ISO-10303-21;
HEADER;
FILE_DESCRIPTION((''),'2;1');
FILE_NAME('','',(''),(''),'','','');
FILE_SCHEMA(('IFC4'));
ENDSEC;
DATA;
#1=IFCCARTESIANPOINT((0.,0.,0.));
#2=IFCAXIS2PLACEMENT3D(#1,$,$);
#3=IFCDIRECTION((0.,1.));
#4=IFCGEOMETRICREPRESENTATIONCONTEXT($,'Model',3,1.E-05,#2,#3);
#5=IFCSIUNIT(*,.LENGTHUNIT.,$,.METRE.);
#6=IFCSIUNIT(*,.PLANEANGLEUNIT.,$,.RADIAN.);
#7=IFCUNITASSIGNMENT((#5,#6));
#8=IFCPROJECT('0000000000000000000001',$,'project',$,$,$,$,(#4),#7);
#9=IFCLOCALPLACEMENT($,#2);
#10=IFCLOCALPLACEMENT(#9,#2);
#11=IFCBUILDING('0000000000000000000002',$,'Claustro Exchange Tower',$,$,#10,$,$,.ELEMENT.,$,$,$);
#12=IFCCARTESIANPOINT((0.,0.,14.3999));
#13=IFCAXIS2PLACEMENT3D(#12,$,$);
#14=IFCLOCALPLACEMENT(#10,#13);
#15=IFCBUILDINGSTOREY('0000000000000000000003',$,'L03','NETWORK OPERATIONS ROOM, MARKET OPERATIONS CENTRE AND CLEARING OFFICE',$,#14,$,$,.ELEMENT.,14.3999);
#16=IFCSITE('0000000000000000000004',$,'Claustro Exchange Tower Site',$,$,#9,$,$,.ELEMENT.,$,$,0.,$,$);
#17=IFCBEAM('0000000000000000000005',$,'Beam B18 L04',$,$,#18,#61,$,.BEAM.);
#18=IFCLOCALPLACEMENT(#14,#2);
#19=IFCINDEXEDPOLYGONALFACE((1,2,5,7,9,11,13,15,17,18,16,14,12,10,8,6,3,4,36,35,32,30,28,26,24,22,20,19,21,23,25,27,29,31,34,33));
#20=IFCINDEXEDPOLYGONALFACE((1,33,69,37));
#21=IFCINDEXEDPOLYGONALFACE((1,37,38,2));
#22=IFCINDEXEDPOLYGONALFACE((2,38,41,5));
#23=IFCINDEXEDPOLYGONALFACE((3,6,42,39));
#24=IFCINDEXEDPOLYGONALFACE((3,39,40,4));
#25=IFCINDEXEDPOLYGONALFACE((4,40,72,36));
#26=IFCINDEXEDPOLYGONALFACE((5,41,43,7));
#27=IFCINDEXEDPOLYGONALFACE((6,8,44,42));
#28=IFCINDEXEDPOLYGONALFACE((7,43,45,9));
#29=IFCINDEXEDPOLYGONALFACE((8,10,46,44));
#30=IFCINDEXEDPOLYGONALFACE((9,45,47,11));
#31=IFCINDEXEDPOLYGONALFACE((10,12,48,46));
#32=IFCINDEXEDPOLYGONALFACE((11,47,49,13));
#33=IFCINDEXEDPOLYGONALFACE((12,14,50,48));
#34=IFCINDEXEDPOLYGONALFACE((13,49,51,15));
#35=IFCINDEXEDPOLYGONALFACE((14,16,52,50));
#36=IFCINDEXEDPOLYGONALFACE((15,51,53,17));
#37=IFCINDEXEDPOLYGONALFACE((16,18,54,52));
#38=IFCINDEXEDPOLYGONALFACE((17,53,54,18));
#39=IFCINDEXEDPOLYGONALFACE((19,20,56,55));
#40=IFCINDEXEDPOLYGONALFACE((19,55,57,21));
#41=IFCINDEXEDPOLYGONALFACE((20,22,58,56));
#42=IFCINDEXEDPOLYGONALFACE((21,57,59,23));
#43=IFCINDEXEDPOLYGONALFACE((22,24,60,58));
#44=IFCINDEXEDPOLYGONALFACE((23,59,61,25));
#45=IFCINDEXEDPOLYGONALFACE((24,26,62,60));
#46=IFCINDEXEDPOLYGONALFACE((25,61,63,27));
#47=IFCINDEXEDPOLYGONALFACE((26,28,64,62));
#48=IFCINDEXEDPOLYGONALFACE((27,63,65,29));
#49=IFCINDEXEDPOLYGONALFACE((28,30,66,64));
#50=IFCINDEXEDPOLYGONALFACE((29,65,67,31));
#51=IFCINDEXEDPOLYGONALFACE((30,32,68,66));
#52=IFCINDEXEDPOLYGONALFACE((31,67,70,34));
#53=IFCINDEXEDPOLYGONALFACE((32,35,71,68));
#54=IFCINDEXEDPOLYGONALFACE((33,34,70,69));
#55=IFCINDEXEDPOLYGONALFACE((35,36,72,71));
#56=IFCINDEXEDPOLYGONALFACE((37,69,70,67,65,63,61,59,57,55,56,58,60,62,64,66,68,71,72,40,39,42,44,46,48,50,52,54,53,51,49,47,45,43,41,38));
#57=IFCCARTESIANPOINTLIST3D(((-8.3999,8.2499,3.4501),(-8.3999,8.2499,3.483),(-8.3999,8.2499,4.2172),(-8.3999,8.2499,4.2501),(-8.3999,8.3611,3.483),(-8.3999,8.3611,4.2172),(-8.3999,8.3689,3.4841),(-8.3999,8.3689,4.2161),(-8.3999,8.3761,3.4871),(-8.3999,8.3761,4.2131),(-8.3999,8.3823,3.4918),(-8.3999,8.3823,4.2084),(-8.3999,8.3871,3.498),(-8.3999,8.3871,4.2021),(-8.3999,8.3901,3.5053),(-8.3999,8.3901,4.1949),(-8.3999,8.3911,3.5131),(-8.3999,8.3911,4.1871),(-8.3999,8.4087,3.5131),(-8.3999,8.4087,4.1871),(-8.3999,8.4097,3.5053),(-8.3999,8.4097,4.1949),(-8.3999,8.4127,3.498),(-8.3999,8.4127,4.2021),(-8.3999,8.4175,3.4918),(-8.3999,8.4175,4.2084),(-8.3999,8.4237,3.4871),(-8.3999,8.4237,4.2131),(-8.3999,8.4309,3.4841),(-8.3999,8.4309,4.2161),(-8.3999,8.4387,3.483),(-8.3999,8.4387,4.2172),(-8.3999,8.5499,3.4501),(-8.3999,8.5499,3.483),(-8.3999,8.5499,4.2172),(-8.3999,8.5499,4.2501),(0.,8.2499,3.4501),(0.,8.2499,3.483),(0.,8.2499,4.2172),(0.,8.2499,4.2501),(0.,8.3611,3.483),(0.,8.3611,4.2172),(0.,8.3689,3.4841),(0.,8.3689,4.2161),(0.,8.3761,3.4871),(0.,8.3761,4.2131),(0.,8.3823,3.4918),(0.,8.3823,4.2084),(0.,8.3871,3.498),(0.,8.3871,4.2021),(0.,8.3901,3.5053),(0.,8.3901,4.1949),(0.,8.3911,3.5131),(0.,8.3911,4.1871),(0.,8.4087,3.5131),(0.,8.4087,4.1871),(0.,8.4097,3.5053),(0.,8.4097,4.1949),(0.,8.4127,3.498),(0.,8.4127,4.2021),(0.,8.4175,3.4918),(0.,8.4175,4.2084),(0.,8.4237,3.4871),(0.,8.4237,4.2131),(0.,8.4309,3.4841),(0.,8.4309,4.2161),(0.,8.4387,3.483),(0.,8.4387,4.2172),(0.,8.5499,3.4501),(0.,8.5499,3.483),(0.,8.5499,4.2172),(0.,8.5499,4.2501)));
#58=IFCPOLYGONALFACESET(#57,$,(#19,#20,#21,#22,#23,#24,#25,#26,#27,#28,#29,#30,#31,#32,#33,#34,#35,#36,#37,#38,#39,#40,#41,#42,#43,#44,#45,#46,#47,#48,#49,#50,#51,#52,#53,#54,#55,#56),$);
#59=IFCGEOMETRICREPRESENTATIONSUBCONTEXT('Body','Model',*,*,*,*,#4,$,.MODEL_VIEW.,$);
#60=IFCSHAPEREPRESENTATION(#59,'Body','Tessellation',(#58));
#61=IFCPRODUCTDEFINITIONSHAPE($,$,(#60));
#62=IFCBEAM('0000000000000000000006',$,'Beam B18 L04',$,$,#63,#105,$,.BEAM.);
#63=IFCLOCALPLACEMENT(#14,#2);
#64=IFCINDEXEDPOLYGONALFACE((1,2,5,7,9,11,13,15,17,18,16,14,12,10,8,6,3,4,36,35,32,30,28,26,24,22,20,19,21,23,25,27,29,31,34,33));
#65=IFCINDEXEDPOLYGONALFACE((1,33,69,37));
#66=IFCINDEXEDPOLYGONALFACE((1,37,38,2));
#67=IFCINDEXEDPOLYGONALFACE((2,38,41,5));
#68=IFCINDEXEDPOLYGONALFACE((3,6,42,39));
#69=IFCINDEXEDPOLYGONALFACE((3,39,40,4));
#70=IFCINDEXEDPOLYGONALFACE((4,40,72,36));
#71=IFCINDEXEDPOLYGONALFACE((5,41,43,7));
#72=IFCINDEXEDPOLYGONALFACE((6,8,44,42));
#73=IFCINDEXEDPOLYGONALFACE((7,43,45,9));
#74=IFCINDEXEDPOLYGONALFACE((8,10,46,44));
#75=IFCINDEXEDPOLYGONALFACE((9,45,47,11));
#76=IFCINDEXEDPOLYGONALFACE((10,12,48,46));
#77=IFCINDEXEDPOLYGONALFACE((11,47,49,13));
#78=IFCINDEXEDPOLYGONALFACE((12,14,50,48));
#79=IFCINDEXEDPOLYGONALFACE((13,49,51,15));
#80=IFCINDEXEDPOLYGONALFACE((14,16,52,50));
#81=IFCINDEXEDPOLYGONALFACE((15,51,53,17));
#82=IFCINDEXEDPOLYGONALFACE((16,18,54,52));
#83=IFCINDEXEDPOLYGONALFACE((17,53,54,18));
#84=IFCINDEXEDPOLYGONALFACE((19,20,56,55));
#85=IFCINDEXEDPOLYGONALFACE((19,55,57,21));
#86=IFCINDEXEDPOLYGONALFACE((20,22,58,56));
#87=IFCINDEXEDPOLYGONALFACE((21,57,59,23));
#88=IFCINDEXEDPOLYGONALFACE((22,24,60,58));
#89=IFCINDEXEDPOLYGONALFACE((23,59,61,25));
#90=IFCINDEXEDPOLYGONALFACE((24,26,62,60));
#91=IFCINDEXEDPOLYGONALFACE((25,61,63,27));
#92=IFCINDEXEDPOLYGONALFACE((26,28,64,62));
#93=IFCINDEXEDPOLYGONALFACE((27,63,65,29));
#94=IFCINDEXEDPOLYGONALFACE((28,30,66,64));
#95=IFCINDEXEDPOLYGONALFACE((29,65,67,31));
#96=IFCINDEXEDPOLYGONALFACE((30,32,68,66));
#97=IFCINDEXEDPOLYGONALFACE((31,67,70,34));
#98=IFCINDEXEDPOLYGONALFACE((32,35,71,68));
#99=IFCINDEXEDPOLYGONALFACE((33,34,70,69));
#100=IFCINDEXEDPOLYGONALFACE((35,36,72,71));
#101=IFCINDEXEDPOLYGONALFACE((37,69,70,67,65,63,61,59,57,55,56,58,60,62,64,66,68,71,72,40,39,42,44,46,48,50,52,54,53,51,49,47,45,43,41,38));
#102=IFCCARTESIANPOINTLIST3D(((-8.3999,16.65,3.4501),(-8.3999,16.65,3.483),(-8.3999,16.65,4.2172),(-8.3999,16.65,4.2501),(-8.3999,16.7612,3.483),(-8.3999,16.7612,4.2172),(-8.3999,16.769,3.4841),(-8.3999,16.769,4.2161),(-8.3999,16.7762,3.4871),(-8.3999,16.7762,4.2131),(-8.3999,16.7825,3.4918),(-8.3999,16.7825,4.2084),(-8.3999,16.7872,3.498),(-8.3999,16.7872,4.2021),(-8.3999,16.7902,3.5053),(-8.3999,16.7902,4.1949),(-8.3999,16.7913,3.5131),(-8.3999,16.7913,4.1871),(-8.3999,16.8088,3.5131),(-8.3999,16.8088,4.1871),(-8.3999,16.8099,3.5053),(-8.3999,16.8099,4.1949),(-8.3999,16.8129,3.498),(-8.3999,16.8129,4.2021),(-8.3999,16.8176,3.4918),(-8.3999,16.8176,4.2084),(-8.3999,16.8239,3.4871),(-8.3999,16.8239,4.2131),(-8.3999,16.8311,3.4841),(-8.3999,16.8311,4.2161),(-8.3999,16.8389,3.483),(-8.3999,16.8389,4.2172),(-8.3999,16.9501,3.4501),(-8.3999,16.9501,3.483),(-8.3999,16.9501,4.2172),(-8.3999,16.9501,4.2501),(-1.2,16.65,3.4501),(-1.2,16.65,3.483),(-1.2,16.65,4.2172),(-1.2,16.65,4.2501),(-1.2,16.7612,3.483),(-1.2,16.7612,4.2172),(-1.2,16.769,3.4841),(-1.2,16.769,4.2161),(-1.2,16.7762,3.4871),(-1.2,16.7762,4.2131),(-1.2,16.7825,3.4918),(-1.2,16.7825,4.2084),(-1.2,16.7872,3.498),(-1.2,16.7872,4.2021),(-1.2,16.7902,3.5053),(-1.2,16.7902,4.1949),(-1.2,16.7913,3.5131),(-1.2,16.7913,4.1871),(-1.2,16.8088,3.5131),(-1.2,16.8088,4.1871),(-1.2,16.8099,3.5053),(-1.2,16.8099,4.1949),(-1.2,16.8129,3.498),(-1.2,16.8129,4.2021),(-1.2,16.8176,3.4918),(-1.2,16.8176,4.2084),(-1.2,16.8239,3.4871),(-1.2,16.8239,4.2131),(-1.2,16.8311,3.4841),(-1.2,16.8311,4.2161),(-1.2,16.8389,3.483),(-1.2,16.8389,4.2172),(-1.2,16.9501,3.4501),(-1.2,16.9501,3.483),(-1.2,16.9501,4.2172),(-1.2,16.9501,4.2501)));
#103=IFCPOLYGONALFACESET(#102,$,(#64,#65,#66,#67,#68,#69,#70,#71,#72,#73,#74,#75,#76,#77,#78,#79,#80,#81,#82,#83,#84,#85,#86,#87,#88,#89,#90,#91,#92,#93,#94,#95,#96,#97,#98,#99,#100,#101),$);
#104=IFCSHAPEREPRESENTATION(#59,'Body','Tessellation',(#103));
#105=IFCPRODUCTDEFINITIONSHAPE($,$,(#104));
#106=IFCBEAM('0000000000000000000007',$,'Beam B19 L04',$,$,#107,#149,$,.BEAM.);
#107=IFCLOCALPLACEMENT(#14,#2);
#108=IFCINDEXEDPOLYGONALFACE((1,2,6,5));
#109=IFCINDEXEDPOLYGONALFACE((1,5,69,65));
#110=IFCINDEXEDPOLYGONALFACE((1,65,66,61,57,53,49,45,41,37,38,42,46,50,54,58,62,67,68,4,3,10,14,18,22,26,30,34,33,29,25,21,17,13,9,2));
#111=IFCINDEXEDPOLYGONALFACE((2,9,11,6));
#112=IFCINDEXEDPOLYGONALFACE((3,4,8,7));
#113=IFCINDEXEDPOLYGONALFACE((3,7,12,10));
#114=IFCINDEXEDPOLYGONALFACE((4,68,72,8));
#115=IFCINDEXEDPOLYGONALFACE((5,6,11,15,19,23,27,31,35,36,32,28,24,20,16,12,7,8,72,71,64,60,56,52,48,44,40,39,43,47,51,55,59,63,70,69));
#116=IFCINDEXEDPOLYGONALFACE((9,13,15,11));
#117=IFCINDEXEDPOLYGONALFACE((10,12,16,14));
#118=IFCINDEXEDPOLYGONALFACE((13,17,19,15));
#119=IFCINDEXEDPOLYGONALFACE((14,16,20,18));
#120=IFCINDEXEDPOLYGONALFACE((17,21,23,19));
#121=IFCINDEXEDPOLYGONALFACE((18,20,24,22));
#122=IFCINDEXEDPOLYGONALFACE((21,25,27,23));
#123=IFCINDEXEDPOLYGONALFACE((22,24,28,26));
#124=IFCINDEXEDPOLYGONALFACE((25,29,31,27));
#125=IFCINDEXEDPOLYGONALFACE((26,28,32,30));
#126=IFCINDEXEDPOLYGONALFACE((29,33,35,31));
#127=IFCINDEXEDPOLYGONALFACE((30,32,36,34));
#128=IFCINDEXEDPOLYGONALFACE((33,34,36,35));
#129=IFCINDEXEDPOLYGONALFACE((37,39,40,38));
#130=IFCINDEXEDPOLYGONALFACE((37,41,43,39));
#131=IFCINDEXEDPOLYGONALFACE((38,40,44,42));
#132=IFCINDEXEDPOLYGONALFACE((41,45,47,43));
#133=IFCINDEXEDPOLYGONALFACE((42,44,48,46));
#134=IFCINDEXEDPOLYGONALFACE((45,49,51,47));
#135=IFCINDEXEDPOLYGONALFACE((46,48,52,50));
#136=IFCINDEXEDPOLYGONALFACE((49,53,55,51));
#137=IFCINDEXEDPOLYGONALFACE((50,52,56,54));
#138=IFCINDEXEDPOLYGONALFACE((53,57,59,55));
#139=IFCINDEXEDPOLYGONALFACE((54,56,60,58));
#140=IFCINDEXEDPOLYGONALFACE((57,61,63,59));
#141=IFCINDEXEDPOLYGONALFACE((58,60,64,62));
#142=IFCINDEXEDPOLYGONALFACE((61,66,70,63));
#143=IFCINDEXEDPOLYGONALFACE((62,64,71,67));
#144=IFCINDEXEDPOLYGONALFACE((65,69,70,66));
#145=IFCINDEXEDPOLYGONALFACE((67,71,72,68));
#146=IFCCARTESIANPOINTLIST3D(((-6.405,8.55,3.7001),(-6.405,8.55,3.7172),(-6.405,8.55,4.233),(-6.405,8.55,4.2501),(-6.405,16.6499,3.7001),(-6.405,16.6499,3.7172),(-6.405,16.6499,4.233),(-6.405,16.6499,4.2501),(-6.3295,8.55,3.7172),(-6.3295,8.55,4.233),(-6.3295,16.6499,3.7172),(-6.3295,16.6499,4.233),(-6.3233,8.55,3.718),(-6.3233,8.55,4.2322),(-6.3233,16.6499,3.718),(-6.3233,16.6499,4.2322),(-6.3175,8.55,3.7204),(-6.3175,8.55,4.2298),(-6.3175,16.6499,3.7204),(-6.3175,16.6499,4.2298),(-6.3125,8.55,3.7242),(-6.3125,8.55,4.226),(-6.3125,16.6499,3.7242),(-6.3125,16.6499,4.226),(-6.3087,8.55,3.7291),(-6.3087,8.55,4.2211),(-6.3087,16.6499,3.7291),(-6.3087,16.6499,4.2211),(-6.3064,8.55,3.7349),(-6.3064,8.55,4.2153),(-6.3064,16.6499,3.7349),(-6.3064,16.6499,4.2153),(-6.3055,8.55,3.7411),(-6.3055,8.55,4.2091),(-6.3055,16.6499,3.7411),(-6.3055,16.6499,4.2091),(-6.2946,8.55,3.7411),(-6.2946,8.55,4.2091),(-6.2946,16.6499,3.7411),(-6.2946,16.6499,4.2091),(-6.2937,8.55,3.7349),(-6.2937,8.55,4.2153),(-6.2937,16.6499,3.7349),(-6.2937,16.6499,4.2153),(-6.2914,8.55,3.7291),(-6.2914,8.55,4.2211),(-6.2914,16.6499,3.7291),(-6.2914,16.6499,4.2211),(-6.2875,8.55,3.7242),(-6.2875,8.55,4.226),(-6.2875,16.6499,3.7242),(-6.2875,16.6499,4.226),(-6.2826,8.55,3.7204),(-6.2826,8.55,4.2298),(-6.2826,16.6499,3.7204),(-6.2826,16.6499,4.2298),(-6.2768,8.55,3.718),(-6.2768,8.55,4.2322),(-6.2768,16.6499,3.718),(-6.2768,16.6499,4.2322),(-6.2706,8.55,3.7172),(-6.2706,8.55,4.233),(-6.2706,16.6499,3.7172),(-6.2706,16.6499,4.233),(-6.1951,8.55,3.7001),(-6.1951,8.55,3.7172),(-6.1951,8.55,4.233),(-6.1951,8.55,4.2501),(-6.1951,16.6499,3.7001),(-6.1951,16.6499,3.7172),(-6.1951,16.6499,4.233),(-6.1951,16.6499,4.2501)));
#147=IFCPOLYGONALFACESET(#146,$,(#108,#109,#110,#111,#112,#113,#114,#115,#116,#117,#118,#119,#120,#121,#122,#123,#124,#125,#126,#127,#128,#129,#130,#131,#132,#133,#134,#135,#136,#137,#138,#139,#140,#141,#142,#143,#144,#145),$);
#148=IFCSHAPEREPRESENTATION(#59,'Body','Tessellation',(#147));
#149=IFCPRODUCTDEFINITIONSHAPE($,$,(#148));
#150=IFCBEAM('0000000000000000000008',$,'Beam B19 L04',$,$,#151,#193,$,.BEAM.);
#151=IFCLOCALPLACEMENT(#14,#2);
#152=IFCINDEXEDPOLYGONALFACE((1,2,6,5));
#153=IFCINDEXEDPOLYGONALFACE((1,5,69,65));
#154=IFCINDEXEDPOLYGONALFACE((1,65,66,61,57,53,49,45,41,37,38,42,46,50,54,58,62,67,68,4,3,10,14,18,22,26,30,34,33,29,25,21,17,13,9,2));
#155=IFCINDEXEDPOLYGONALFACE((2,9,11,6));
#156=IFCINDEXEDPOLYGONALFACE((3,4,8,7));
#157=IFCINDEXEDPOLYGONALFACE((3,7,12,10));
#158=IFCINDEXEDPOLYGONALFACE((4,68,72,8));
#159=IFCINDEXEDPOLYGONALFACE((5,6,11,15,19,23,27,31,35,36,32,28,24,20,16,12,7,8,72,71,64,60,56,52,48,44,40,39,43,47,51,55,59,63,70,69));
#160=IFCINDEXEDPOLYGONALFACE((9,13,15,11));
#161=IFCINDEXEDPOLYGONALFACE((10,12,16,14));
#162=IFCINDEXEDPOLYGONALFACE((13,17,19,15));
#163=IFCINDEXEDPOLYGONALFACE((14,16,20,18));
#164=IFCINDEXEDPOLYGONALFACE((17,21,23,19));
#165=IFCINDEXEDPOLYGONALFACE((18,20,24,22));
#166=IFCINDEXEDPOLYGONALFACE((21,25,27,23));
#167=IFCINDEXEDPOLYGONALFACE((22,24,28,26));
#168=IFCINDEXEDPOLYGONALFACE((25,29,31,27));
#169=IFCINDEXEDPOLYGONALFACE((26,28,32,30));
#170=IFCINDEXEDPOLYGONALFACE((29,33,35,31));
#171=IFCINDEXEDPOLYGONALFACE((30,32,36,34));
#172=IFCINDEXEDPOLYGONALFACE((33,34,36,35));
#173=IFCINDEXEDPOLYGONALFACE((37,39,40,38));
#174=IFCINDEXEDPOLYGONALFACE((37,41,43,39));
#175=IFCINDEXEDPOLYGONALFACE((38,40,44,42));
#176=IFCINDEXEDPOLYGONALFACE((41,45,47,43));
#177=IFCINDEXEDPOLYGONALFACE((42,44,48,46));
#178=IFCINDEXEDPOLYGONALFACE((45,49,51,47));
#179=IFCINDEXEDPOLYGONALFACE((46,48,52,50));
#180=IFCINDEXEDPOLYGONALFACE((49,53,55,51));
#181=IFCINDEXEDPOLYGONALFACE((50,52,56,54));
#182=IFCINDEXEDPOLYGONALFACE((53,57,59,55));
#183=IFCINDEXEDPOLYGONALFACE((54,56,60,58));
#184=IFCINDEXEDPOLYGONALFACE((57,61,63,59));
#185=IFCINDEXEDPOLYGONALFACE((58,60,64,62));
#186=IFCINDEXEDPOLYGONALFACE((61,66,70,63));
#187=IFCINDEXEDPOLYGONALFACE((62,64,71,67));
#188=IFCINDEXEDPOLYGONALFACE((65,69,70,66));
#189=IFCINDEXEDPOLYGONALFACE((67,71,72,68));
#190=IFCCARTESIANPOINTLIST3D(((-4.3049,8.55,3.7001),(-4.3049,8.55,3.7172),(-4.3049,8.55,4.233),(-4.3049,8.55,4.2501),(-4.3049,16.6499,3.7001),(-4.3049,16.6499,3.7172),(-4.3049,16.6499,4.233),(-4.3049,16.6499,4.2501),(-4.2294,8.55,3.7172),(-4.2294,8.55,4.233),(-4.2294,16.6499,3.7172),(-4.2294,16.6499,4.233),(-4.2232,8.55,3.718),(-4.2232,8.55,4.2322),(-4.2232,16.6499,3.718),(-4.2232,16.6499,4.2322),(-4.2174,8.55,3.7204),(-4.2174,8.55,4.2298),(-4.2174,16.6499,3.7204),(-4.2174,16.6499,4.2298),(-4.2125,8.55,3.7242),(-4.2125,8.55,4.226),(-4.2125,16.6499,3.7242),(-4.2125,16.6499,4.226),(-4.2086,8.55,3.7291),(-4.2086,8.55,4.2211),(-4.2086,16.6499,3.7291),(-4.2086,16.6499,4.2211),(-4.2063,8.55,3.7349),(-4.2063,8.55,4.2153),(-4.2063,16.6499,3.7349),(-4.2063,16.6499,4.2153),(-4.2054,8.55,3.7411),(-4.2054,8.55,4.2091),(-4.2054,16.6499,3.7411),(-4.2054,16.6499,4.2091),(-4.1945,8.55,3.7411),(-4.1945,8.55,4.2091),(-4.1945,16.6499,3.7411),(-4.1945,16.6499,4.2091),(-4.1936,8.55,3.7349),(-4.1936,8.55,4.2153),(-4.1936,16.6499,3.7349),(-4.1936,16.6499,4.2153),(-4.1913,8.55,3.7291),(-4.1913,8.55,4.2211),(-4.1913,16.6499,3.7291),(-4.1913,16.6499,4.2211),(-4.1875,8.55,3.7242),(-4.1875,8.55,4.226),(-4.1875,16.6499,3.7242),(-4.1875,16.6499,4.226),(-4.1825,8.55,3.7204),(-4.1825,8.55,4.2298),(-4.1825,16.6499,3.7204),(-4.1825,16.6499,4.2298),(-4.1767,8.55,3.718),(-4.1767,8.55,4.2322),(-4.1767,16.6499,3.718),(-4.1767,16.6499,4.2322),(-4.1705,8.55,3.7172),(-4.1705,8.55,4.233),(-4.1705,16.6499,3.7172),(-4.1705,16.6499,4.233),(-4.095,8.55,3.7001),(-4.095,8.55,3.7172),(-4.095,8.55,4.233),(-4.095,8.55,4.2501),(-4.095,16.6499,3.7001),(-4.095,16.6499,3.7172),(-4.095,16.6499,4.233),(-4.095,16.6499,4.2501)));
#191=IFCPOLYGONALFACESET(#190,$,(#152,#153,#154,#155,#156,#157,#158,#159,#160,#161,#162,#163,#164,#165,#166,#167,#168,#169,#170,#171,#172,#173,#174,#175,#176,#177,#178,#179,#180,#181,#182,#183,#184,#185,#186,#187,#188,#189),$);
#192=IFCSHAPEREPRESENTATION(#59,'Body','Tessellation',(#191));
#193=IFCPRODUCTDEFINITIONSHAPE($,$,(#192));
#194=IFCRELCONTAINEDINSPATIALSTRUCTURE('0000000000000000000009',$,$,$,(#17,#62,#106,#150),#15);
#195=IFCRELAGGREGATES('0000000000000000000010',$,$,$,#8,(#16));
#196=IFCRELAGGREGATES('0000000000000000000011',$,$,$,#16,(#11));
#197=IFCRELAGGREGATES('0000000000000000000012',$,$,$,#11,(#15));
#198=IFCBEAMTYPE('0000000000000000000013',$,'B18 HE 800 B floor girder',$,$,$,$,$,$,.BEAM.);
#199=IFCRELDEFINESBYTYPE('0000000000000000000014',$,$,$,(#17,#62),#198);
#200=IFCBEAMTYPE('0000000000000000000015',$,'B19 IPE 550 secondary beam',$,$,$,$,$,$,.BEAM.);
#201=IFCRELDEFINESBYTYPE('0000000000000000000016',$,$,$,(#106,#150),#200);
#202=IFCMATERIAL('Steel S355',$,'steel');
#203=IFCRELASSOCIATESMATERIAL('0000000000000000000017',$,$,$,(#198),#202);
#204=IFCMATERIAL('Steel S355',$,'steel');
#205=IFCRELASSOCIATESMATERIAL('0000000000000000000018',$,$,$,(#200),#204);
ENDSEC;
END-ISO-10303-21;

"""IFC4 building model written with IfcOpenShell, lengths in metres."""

from ifc_helpers import new_model, si_unit, direction, frame, origin, origin_2d, place, context, subcontext, project, spatial, i_section, extrude, material, material_profile, profile_set, type_object, element, save


model = new_model("IFC4")

# Units and contexts
model_context = context("Model", 3, precision=1e-05, world=origin(), true_north=direction((0.0, 1.0)))
body_context = subcontext(model_context, "Body", "Model", "MODEL_VIEW")
ifc_project = project(units=[si_unit("LENGTHUNIT", "METRE"), si_unit("PLANEANGLEUNIT", "RADIAN")], contexts=[model_context])

# Site, building, storey
site_placement = place(None, origin())
site = spatial("IfcSite", under=ifc_project, at=site_placement, Name="Claustro Exchange Tower Site", CompositionType="ELEMENT", RefElevation=0.0)
building_placement = place(site_placement, origin())
building = spatial("IfcBuilding", under=site, at=building_placement, Name="Claustro Exchange Tower", CompositionType="ELEMENT")
storey_placement = place(building_placement, frame((0.0, 0.0, 14.3999)))
storey = spatial("IfcBuildingStorey", under=building, at=storey_placement, Name="L03", Description="NETWORK OPERATIONS ROOM, MARKET OPERATIONS CENTRE AND CLEARING OFFICE", CompositionType="ELEMENT", Elevation=14.3999)

# Beams
ifc_material_1 = material(Name="Steel S355", Category="steel")
ifc_material_profile_1 = material_profile(ifc_material_1, i_section(OverallWidth=0.3, OverallDepth=0.8, WebThickness=0.0176, FlangeThickness=0.033, FilletRadius=0.03, at=origin_2d()), Name="HE 800 B")
ifc_profile_set_1 = profile_set([ifc_material_profile_1], Name="Steel S355")
beam_type_1 = type_object("IfcBeamType", Name="B18 HE 800 B floor girder", PredefinedType="BEAM", material=ifc_profile_set_1)
for number, where, z_axis, x_axis, name in (
    (1, (-8.3999, 8.3999, 3.8501), (1.0, 0.0, 0.0), (0.0, 1.0, 0.0), "Beam B18 L04"),
):
    element("IfcBeam", number, at=place(storey_placement, frame(where, z_axis=z_axis, x_axis=x_axis)), inside=storey, type_object=beam_type_1, Name=name, PredefinedType="BEAM", context=body_context, shape_type="SweptSolid", body=[
        extrude(i_section(OverallWidth=0.3, OverallDepth=0.8, WebThickness=0.0176, FlangeThickness=0.033, FilletRadius=0.03, at=origin_2d()), origin(), (0.0, 0.0, 1.0), 8.3999),
    ])
beam_1_placement = place(storey_placement, frame((-8.3999, 16.8, 3.8501), z_axis=(1.0, 0.0, 0.0), x_axis=(0.0, 1.0, 0.0)))
element("IfcBeam", 2, at=beam_1_placement, inside=storey, type_object=beam_type_1, Name="Beam B18 L04", PredefinedType="BEAM", context=body_context, shape_type="SweptSolid", body=[
    extrude(i_section(OverallWidth=0.3, OverallDepth=0.8, WebThickness=0.0176, FlangeThickness=0.033, FilletRadius=0.03, at=origin_2d()), origin(), (0.0, 0.0, 1.0), 7.2),
])
ifc_material_2 = material(Name="Steel S355", Category="steel")
ifc_material_profile_2 = material_profile(ifc_material_2, i_section(OverallWidth=0.21, OverallDepth=0.55, WebThickness=0.011, FlangeThickness=0.0171, FilletRadius=0.0239, at=origin_2d()), Name="IPE 550")
ifc_profile_set_2 = profile_set([ifc_material_profile_2], Name="Steel S355")
beam_type_2 = type_object("IfcBeamType", Name="B19 IPE 550 secondary beam", PredefinedType="BEAM", material=ifc_profile_set_2)
for number, where, z_axis, x_axis, name in (
    (3, (-6.3, 8.55, 3.9751), (0.0, 1.0, 0.0), (-1.0, 0.0, 0.0), "Beam B19 L04"),
    (4, (-4.2, 8.55, 3.9751), (0.0, 1.0, 0.0), (-1.0, 0.0, 0.0), "Beam B19 L04"),
):
    element("IfcBeam", number, at=place(storey_placement, frame(where, z_axis=z_axis, x_axis=x_axis)), inside=storey, type_object=beam_type_2, Name=name, PredefinedType="BEAM", context=body_context, shape_type="SweptSolid", body=[
        extrude(i_section(OverallWidth=0.21, OverallDepth=0.55, WebThickness=0.011, FlangeThickness=0.0171, FilletRadius=0.0239, at=origin_2d()), origin(), (0.0, 0.0, 1.0), 8.0999),
    ])

save(model, "model.ifc")
